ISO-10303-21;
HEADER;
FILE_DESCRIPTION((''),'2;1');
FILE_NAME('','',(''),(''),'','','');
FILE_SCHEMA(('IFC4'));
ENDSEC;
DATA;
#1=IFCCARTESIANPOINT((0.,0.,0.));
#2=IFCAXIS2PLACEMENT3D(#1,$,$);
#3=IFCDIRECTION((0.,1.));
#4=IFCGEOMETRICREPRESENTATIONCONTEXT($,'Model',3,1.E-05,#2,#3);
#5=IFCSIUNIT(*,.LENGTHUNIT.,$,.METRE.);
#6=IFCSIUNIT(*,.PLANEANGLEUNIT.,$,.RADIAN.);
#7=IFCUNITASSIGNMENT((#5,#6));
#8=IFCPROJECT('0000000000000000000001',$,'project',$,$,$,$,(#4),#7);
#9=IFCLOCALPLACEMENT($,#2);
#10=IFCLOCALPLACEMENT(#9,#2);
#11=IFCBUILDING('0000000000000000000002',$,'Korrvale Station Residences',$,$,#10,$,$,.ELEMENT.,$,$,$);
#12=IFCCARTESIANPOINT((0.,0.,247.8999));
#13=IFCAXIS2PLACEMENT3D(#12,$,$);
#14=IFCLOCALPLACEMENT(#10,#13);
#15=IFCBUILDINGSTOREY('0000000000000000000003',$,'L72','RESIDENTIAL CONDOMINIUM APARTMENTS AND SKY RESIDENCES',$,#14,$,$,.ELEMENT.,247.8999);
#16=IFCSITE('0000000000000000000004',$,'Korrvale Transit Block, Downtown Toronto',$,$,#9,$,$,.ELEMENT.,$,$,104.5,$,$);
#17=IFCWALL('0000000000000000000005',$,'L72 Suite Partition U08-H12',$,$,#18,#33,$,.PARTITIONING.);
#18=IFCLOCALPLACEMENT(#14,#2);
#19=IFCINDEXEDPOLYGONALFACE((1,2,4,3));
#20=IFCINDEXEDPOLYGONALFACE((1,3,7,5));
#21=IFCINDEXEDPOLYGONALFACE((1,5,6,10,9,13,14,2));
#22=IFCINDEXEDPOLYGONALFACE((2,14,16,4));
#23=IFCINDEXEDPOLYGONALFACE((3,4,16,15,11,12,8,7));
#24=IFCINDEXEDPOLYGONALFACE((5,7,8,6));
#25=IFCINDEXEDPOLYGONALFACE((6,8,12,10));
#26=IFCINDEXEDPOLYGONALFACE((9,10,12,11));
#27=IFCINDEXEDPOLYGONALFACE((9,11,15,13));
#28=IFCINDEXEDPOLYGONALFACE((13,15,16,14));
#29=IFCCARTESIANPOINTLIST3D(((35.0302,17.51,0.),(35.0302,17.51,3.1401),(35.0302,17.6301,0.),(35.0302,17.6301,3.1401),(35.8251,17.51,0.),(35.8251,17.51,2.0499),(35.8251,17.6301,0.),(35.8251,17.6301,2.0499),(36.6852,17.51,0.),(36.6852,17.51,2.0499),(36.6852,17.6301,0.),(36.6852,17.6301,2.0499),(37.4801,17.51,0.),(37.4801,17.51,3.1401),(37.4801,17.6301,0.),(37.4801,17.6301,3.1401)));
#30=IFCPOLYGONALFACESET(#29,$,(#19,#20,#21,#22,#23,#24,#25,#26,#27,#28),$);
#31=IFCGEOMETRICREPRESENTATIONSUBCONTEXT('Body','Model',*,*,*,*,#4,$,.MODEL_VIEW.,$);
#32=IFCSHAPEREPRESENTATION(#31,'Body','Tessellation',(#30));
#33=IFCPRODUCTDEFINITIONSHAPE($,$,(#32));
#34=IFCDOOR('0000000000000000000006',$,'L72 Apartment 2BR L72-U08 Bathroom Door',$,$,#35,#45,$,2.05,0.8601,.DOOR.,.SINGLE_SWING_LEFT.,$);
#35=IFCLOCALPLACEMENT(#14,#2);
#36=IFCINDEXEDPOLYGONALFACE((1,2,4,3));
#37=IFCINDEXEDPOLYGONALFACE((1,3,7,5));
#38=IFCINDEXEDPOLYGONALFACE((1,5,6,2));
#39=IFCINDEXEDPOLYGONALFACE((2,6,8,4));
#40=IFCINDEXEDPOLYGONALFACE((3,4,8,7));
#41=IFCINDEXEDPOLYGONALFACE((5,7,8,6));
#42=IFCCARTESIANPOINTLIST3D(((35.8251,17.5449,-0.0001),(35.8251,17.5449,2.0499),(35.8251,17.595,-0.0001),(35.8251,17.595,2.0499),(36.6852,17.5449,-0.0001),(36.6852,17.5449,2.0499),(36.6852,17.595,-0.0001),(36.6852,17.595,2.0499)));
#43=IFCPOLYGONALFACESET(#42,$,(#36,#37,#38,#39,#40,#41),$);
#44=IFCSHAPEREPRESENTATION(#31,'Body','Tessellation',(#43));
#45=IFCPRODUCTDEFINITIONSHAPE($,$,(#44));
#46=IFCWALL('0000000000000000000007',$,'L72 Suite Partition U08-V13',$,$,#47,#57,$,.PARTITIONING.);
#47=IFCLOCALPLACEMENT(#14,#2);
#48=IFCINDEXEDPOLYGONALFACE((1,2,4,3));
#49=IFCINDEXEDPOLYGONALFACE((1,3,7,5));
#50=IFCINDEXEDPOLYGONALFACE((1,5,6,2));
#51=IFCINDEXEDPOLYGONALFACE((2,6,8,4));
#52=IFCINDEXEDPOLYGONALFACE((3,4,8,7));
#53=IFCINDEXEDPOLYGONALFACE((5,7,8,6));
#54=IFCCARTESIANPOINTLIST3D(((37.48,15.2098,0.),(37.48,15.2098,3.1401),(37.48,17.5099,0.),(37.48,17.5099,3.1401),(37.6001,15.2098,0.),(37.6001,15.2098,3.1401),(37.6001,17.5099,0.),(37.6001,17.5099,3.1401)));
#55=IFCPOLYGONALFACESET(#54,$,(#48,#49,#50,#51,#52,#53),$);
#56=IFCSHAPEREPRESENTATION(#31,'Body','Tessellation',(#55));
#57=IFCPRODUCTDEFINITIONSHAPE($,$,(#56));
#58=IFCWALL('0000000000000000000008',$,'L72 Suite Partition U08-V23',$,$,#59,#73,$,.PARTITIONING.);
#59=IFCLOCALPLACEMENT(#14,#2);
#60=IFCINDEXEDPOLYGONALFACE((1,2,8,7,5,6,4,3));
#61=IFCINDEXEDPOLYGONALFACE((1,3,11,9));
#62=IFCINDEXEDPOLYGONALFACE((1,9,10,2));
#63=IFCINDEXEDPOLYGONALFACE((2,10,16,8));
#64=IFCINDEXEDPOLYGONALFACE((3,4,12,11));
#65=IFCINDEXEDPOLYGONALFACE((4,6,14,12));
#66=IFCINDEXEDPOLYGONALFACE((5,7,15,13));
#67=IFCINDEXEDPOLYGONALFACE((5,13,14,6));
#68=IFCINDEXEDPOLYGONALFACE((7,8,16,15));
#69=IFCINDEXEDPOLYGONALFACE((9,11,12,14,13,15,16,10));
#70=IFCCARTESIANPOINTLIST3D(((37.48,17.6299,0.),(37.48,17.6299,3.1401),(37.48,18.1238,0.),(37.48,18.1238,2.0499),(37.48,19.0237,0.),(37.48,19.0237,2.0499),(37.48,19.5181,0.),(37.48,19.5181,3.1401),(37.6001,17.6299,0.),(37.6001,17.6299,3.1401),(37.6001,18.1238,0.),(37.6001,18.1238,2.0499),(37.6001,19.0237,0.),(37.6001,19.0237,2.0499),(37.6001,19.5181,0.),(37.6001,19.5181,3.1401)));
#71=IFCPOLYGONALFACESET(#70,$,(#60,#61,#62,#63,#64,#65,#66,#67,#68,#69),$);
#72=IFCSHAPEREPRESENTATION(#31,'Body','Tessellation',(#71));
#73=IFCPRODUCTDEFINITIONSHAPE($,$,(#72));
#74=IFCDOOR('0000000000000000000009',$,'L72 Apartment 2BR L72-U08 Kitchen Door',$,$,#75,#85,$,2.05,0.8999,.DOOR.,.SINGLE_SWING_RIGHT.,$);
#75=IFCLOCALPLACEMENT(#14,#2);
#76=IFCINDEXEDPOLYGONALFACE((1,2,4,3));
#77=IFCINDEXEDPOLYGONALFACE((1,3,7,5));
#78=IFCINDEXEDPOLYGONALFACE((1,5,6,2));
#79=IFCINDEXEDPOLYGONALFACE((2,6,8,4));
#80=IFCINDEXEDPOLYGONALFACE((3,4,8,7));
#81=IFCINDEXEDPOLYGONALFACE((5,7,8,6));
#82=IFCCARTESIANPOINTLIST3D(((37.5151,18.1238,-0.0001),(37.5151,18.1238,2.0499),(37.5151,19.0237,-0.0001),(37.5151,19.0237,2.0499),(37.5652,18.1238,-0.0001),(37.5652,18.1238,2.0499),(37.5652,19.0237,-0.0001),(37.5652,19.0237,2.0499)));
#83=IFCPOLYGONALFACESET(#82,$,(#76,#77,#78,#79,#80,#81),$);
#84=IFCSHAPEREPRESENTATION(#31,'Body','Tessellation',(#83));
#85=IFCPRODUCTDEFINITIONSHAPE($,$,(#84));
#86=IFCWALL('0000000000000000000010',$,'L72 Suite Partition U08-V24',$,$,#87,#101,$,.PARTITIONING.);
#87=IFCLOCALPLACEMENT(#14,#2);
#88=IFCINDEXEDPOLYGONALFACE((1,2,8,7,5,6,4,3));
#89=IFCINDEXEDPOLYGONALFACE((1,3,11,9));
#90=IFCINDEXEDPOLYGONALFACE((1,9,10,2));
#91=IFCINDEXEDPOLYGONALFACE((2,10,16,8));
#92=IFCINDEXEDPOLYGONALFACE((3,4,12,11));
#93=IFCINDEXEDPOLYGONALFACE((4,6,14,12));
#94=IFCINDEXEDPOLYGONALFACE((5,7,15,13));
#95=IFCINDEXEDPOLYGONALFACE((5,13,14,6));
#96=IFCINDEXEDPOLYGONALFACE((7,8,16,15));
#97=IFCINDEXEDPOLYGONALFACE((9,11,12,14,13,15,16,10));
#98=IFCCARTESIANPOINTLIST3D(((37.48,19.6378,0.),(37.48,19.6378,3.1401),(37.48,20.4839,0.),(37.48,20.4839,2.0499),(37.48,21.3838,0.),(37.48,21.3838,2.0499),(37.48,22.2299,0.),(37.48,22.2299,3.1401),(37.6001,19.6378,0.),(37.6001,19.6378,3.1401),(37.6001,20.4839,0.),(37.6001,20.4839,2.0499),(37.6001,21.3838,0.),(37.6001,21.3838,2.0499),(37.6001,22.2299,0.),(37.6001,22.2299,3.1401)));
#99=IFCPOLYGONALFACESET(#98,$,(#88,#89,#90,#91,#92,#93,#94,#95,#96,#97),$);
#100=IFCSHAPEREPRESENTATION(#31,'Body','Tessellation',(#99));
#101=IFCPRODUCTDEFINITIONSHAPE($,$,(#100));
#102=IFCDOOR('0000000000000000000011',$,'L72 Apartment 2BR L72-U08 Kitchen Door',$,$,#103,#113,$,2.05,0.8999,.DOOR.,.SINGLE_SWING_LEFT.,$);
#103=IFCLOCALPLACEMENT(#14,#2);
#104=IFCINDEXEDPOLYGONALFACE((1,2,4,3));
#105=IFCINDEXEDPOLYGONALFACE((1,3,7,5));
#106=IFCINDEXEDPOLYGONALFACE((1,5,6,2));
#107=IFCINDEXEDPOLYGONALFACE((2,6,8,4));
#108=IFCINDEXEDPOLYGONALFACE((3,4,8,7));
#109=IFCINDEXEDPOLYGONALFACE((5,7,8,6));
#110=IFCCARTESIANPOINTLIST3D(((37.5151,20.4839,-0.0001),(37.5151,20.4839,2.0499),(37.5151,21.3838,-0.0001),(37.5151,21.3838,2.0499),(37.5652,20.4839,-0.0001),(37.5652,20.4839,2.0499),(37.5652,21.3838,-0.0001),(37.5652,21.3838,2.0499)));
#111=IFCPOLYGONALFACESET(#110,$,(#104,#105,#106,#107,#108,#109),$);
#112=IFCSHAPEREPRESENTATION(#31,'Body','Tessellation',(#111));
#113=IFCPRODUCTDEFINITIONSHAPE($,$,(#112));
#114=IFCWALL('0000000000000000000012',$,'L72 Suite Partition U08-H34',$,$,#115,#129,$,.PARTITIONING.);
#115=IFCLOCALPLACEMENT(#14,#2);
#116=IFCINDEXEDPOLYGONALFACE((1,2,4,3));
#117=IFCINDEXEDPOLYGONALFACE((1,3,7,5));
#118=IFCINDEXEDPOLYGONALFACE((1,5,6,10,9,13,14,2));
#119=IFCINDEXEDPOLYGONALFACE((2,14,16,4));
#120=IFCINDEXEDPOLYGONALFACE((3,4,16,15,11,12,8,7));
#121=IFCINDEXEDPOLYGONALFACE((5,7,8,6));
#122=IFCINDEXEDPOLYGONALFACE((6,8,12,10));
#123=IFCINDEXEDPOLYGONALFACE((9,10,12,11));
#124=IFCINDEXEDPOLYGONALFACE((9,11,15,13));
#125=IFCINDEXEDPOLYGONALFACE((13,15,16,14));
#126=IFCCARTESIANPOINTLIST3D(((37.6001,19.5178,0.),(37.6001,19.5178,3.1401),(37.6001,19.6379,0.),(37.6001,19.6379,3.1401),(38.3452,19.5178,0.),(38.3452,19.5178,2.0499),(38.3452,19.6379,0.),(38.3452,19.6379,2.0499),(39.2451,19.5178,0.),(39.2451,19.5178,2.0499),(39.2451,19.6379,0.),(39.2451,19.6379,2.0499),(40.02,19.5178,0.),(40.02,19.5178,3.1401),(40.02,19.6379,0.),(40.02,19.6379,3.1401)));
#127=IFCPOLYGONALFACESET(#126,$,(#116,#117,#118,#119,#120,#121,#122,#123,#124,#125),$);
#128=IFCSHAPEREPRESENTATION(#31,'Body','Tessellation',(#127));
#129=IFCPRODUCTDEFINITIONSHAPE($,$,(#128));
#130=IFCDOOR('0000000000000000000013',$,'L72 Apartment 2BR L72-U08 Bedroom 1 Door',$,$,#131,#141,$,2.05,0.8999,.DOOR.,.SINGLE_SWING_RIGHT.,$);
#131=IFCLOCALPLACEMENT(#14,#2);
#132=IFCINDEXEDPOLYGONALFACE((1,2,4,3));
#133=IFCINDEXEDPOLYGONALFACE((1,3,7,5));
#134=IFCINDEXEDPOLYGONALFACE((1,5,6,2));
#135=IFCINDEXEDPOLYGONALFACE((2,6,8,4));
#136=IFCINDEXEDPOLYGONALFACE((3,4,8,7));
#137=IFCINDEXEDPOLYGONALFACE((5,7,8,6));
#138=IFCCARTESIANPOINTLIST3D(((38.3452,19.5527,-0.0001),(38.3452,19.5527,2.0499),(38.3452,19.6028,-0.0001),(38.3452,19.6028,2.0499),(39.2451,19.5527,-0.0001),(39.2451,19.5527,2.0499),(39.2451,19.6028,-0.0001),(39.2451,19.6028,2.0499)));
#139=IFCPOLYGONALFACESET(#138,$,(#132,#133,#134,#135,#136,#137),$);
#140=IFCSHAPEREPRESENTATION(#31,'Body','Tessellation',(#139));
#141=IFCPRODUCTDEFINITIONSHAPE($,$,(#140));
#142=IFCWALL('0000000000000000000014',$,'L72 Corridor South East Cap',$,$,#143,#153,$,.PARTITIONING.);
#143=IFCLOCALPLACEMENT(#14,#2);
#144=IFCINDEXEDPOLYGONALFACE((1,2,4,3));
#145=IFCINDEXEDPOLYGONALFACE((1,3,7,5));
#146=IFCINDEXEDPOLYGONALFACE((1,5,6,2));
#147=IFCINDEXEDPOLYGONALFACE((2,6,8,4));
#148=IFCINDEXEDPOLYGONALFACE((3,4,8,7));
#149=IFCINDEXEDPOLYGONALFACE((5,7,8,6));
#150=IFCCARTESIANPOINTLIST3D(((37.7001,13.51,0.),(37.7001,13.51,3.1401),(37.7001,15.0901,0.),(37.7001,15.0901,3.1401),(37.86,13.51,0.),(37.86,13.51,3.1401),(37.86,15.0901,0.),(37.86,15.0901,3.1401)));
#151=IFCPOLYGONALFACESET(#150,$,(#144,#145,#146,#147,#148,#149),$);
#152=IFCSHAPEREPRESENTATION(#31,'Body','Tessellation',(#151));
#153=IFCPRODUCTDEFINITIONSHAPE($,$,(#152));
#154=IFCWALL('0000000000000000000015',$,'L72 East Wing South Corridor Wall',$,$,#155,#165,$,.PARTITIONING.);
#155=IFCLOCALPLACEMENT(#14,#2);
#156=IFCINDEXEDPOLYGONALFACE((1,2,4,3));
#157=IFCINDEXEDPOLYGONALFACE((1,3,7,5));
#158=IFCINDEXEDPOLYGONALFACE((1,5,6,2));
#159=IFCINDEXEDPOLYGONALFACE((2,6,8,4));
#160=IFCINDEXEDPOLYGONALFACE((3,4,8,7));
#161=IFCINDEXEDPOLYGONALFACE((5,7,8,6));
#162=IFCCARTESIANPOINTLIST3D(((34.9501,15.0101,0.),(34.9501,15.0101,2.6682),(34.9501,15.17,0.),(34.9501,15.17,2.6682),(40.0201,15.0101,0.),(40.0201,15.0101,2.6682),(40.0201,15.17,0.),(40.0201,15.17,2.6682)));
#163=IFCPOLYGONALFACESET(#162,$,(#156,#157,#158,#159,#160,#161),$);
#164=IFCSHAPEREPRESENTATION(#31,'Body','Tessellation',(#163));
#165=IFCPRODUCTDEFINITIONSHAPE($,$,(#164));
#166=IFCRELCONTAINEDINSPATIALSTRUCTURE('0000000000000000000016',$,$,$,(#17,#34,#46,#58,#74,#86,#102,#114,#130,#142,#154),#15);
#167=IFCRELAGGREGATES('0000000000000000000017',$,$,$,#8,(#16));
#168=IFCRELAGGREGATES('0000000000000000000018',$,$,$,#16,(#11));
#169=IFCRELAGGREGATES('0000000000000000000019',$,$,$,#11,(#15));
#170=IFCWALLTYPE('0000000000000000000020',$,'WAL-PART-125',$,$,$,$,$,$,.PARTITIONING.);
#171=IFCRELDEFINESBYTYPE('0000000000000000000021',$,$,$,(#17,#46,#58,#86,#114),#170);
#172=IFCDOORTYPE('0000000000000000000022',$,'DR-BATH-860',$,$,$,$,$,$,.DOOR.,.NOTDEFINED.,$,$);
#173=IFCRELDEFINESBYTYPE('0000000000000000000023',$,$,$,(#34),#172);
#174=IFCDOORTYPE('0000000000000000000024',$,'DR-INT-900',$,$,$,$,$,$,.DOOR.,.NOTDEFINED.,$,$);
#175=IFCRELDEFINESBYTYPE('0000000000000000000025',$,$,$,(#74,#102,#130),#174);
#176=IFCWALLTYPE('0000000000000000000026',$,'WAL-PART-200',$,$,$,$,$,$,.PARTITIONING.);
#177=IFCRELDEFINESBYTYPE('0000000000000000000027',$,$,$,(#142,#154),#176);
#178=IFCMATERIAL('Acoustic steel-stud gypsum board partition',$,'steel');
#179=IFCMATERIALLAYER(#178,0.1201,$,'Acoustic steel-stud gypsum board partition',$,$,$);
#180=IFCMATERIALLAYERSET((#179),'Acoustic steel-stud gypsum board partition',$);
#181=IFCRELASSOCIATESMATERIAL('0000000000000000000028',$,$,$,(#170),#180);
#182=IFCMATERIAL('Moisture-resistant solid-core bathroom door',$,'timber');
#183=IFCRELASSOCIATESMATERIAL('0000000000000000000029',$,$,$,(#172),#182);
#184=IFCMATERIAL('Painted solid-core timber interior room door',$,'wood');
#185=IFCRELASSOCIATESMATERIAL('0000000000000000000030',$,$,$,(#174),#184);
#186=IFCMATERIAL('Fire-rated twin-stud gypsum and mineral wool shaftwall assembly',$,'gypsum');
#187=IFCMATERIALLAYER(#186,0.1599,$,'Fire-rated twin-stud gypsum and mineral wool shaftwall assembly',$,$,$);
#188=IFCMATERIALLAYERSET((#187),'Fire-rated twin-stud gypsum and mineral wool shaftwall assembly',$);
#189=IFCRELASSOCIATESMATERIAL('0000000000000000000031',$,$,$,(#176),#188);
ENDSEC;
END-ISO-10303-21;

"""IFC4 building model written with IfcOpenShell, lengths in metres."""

from ifc_helpers import new_model, si_unit, direction, frame, frame_2d, origin, place, context, subcontext, project, spatial, rectangle, extrude, material, layer, layer_set, type_object, element, fill, save


model = new_model("IFC4")

# Units and contexts
model_context = context("Model", 3, precision=1e-05, world=origin(), true_north=direction((0.0, 1.0)))
body_context = subcontext(model_context, "Body", "Model", "MODEL_VIEW")
ifc_project = project(units=[si_unit("LENGTHUNIT", "METRE"), si_unit("PLANEANGLEUNIT", "RADIAN")], contexts=[model_context])

# Site, building, storey
site_placement = place(None, origin())
site = spatial("IfcSite", under=ifc_project, at=site_placement, Name="Korrvale Transit Block, Downtown Toronto", CompositionType="ELEMENT", RefElevation=104.5)
building_placement = place(site_placement, origin())
building = spatial("IfcBuilding", under=site, at=building_placement, Name="Korrvale Station Residences", CompositionType="ELEMENT")
storey_placement = place(building_placement, frame((0.0, 0.0, 247.8999)))
storey = spatial("IfcBuildingStorey", under=building, at=storey_placement, Name="L72", Description="RESIDENTIAL CONDOMINIUM APARTMENTS AND SKY RESIDENCES", CompositionType="ELEMENT", Elevation=247.8999)

# Wall, opening, door
ifc_material_1 = material(Name="Acoustic steel-stud gypsum board partition", Category="steel")
ifc_layer_1 = layer(ifc_material_1, 0.1201, Name="Acoustic steel-stud gypsum board partition")
ifc_layer_set_1 = layer_set([ifc_layer_1], Name="Acoustic steel-stud gypsum board partition")
wall_type_1 = type_object("IfcWallType", Name="WAL-PART-125", PredefinedType="PARTITIONING", material=ifc_layer_set_1)
wall_1_placement = place(storey_placement, frame((35.03, 17.5701, 0.0), z_axis=(0.0, 0.0, 1.0), x_axis=(1.0, 0.0, 0.0)))
wall_1 = element("IfcWall", 1, at=wall_1_placement, inside=storey, type_object=wall_type_1, Name="L72 Suite Partition U08-H12", PredefinedType="PARTITIONING", context=body_context, shape_type="SweptSolid", body=[
    extrude(rectangle(XDim=2.45, YDim=0.1201, at=frame_2d((1.2251, 0.0))), origin(), (0.0, 0.0, 1.0), 3.1401),
])
opening_1_placement = place(wall_1_placement, frame((0.7949, 0.0, 0.0)))
opening_1 = element("IfcOpeningElement", 2, at=opening_1_placement, cuts=wall_1, PredefinedType="OPENING", context=body_context, shape_type="SweptSolid", body=[
    extrude(rectangle(XDim=0.8601, YDim=2.05, at=frame_2d((0.4302, 1.0249))), frame((0.0, 0.0701, 0.0), z_axis=(0.0, -1.0, 0.0), x_axis=(1.0, 0.0, 0.0)), (0.0, 0.0, 1.0), 0.1401),
])
ifc_material_2 = material(Name="Moisture-resistant solid-core bathroom door", Category="timber")
door_type_1 = type_object("IfcDoorType", Name="DR-BATH-860", OperationType="NOTDEFINED", PredefinedType="DOOR", material=ifc_material_2)
door_1_placement = place(opening_1_placement, origin())
door_1 = element("IfcDoor", 3, at=door_1_placement, inside=storey, type_object=door_type_1, Name="L72 Apartment 2BR L72-U08 Bathroom Door", OperationType="SINGLE_SWING_LEFT", OverallHeight=2.05, OverallWidth=0.8601, PredefinedType="DOOR", context=body_context, shape_type="SweptSolid", body=[
    extrude(rectangle(XDim=0.8601, YDim=2.05, at=frame_2d((0.4302, 1.0249))), frame((0.0, 0.0249, 0.0), z_axis=(0.0, -1.0, 0.0), x_axis=(1.0, 0.0, 0.0)), (0.0, 0.0, 1.0), 0.05),
])
fill(opening_1, door_1)

# Wall
wall_2_placement = place(storey_placement, frame((37.54, 15.21, 0.0), z_axis=(0.0, 0.0, 1.0), x_axis=(0.0, 1.0, 0.0)))
element("IfcWall", 4, at=wall_2_placement, inside=storey, type_object=wall_type_1, Name="L72 Suite Partition U08-V13", PredefinedType="PARTITIONING", context=body_context, shape_type="SweptSolid", body=[
    extrude(rectangle(XDim=2.3, YDim=0.1201, at=frame_2d((1.1499, 0.0))), origin(), (0.0, 0.0, 1.0), 3.1401),
])

# Walls, openings, doors
wall_3_placement = place(storey_placement, frame((37.54, 17.6299, 0.0), z_axis=(0.0, 0.0, 1.0), x_axis=(0.0, 1.0, 0.0)))
wall_3 = element("IfcWall", 5, at=wall_3_placement, inside=storey, type_object=wall_type_1, Name="L72 Suite Partition U08-V23", PredefinedType="PARTITIONING", context=body_context, shape_type="SweptSolid", body=[
    extrude(rectangle(XDim=1.8882, YDim=0.1201, at=frame_2d((0.9441, 0.0))), origin(), (0.0, 0.0, 1.0), 3.1401),
])
opening_2_placement = place(wall_3_placement, frame((0.4939, 0.0, 0.0)))
opening_2 = element("IfcOpeningElement", 6, at=opening_2_placement, cuts=wall_3, PredefinedType="OPENING", context=body_context, shape_type="SweptSolid", body=[
    extrude(rectangle(XDim=0.8999, YDim=2.05, at=frame_2d((0.45, 1.0249))), frame((0.0, 0.0701, 0.0), z_axis=(0.0, -1.0, 0.0), x_axis=(1.0, 0.0, 0.0)), (0.0, 0.0, 1.0), 0.1401),
])
ifc_material_3 = material(Name="Painted solid-core timber interior room door", Category="wood")
door_type_2 = type_object("IfcDoorType", Name="DR-INT-900", OperationType="NOTDEFINED", PredefinedType="DOOR", material=ifc_material_3)
door_2_placement = place(opening_2_placement, origin())
door_2 = element("IfcDoor", 7, at=door_2_placement, inside=storey, type_object=door_type_2, Name="L72 Apartment 2BR L72-U08 Kitchen Door", OperationType="SINGLE_SWING_RIGHT", OverallHeight=2.05, OverallWidth=0.8999, PredefinedType="DOOR", context=body_context, shape_type="SweptSolid", body=[
    extrude(rectangle(XDim=0.8999, YDim=2.05, at=frame_2d((0.45, 1.0249))), frame((0.0, 0.0249, 0.0), z_axis=(0.0, -1.0, 0.0), x_axis=(1.0, 0.0, 0.0)), (0.0, 0.0, 1.0), 0.05),
])
fill(opening_2, door_2)
wall_4_placement = place(storey_placement, frame((37.54, 19.6379, 0.0), z_axis=(0.0, 0.0, 1.0), x_axis=(0.0, 1.0, 0.0)))
wall_4 = element("IfcWall", 8, at=wall_4_placement, inside=storey, type_object=wall_type_1, Name="L72 Suite Partition U08-V24", PredefinedType="PARTITIONING", context=body_context, shape_type="SweptSolid", body=[
    extrude(rectangle(XDim=2.592, YDim=0.1201, at=frame_2d((1.2959, 0.0))), origin(), (0.0, 0.0, 1.0), 3.1401),
])
opening_3_placement = place(wall_4_placement, frame((0.8459, 0.0, 0.0)))
opening_3 = element("IfcOpeningElement", 9, at=opening_3_placement, cuts=wall_4, PredefinedType="OPENING", context=body_context, shape_type="SweptSolid", body=[
    extrude(rectangle(XDim=0.8999, YDim=2.05, at=frame_2d((0.45, 1.0249))), frame((0.0, 0.0701, 0.0), z_axis=(0.0, -1.0, 0.0), x_axis=(1.0, 0.0, 0.0)), (0.0, 0.0, 1.0), 0.1401),
])
door_3_placement = place(opening_3_placement, origin())
door_3 = element("IfcDoor", 10, at=door_3_placement, inside=storey, type_object=door_type_2, Name="L72 Apartment 2BR L72-U08 Kitchen Door", OperationType="SINGLE_SWING_LEFT", OverallHeight=2.05, OverallWidth=0.8999, PredefinedType="DOOR", context=body_context, shape_type="SweptSolid", body=[
    extrude(rectangle(XDim=0.8999, YDim=2.05, at=frame_2d((0.45, 1.0249))), frame((0.0, 0.0249, 0.0), z_axis=(0.0, -1.0, 0.0), x_axis=(1.0, 0.0, 0.0)), (0.0, 0.0, 1.0), 0.05),
])
fill(opening_3, door_3)
wall_5_placement = place(storey_placement, frame((37.6001, 19.5779, 0.0), z_axis=(0.0, 0.0, 1.0), x_axis=(1.0, 0.0, 0.0)))
wall_5 = element("IfcWall", 11, at=wall_5_placement, inside=storey, type_object=wall_type_1, Name="L72 Suite Partition U08-H34", PredefinedType="PARTITIONING", context=body_context, shape_type="SweptSolid", body=[
    extrude(rectangle(XDim=2.4199, YDim=0.1201, at=frame_2d((1.21, 0.0))), origin(), (0.0, 0.0, 1.0), 3.1401),
])
opening_4_placement = place(wall_5_placement, frame((0.7451, 0.0, 0.0)))
opening_4 = element("IfcOpeningElement", 12, at=opening_4_placement, cuts=wall_5, PredefinedType="OPENING", context=body_context, shape_type="SweptSolid", body=[
    extrude(rectangle(XDim=0.8999, YDim=2.05, at=frame_2d((0.45, 1.0249))), frame((0.0, 0.0701, 0.0), z_axis=(0.0, -1.0, 0.0), x_axis=(1.0, 0.0, 0.0)), (0.0, 0.0, 1.0), 0.1401),
])
door_4_placement = place(opening_4_placement, origin())
door_4 = element("IfcDoor", 13, at=door_4_placement, inside=storey, type_object=door_type_2, Name="L72 Apartment 2BR L72-U08 Bedroom 1 Door", OperationType="SINGLE_SWING_RIGHT", OverallHeight=2.05, OverallWidth=0.8999, PredefinedType="DOOR", context=body_context, shape_type="SweptSolid", body=[
    extrude(rectangle(XDim=0.8999, YDim=2.05, at=frame_2d((0.45, 1.0249))), frame((0.0, 0.0249, 0.0), z_axis=(0.0, -1.0, 0.0), x_axis=(1.0, 0.0, 0.0)), (0.0, 0.0, 1.0), 0.05),
])
fill(opening_4, door_4)

# Walls
ifc_material_4 = material(Name="Fire-rated twin-stud gypsum and mineral wool shaftwall assembly", Category="gypsum")
ifc_layer_2 = layer(ifc_material_4, 0.1599, Name="Fire-rated twin-stud gypsum and mineral wool shaftwall assembly")
ifc_layer_set_2 = layer_set([ifc_layer_2], Name="Fire-rated twin-stud gypsum and mineral wool shaftwall assembly")
wall_type_2 = type_object("IfcWallType", Name="WAL-PART-200", PredefinedType="PARTITIONING", material=ifc_layer_set_2)
wall_6_placement = place(storey_placement, frame((37.78, 13.51, 0.0), z_axis=(0.0, 0.0, 1.0), x_axis=(0.0, 1.0, 0.0)))
element("IfcWall", 14, at=wall_6_placement, inside=storey, type_object=wall_type_2, Name="L72 Corridor South East Cap", PredefinedType="PARTITIONING", context=body_context, shape_type="SweptSolid", body=[
    extrude(rectangle(XDim=1.5801, YDim=0.1599, at=frame_2d((0.79, 0.0))), origin(), (0.0, 0.0, 1.0), 3.1401),
])
wall_7_placement = place(storey_placement, frame((34.95, 15.0901, 0.0), z_axis=(0.0, 0.0, 1.0), x_axis=(1.0, 0.0, 0.0)))
element("IfcWall", 15, at=wall_7_placement, inside=storey, type_object=wall_type_2, Name="L72 East Wing South Corridor Wall", PredefinedType="PARTITIONING", context=body_context, shape_type="SweptSolid", body=[
    extrude(rectangle(XDim=5.0701, YDim=0.1599, at=frame_2d((2.5352, 0.0))), origin(), (0.0, 0.0, 1.0), 2.6682),
])

save(model, "model.ifc")
